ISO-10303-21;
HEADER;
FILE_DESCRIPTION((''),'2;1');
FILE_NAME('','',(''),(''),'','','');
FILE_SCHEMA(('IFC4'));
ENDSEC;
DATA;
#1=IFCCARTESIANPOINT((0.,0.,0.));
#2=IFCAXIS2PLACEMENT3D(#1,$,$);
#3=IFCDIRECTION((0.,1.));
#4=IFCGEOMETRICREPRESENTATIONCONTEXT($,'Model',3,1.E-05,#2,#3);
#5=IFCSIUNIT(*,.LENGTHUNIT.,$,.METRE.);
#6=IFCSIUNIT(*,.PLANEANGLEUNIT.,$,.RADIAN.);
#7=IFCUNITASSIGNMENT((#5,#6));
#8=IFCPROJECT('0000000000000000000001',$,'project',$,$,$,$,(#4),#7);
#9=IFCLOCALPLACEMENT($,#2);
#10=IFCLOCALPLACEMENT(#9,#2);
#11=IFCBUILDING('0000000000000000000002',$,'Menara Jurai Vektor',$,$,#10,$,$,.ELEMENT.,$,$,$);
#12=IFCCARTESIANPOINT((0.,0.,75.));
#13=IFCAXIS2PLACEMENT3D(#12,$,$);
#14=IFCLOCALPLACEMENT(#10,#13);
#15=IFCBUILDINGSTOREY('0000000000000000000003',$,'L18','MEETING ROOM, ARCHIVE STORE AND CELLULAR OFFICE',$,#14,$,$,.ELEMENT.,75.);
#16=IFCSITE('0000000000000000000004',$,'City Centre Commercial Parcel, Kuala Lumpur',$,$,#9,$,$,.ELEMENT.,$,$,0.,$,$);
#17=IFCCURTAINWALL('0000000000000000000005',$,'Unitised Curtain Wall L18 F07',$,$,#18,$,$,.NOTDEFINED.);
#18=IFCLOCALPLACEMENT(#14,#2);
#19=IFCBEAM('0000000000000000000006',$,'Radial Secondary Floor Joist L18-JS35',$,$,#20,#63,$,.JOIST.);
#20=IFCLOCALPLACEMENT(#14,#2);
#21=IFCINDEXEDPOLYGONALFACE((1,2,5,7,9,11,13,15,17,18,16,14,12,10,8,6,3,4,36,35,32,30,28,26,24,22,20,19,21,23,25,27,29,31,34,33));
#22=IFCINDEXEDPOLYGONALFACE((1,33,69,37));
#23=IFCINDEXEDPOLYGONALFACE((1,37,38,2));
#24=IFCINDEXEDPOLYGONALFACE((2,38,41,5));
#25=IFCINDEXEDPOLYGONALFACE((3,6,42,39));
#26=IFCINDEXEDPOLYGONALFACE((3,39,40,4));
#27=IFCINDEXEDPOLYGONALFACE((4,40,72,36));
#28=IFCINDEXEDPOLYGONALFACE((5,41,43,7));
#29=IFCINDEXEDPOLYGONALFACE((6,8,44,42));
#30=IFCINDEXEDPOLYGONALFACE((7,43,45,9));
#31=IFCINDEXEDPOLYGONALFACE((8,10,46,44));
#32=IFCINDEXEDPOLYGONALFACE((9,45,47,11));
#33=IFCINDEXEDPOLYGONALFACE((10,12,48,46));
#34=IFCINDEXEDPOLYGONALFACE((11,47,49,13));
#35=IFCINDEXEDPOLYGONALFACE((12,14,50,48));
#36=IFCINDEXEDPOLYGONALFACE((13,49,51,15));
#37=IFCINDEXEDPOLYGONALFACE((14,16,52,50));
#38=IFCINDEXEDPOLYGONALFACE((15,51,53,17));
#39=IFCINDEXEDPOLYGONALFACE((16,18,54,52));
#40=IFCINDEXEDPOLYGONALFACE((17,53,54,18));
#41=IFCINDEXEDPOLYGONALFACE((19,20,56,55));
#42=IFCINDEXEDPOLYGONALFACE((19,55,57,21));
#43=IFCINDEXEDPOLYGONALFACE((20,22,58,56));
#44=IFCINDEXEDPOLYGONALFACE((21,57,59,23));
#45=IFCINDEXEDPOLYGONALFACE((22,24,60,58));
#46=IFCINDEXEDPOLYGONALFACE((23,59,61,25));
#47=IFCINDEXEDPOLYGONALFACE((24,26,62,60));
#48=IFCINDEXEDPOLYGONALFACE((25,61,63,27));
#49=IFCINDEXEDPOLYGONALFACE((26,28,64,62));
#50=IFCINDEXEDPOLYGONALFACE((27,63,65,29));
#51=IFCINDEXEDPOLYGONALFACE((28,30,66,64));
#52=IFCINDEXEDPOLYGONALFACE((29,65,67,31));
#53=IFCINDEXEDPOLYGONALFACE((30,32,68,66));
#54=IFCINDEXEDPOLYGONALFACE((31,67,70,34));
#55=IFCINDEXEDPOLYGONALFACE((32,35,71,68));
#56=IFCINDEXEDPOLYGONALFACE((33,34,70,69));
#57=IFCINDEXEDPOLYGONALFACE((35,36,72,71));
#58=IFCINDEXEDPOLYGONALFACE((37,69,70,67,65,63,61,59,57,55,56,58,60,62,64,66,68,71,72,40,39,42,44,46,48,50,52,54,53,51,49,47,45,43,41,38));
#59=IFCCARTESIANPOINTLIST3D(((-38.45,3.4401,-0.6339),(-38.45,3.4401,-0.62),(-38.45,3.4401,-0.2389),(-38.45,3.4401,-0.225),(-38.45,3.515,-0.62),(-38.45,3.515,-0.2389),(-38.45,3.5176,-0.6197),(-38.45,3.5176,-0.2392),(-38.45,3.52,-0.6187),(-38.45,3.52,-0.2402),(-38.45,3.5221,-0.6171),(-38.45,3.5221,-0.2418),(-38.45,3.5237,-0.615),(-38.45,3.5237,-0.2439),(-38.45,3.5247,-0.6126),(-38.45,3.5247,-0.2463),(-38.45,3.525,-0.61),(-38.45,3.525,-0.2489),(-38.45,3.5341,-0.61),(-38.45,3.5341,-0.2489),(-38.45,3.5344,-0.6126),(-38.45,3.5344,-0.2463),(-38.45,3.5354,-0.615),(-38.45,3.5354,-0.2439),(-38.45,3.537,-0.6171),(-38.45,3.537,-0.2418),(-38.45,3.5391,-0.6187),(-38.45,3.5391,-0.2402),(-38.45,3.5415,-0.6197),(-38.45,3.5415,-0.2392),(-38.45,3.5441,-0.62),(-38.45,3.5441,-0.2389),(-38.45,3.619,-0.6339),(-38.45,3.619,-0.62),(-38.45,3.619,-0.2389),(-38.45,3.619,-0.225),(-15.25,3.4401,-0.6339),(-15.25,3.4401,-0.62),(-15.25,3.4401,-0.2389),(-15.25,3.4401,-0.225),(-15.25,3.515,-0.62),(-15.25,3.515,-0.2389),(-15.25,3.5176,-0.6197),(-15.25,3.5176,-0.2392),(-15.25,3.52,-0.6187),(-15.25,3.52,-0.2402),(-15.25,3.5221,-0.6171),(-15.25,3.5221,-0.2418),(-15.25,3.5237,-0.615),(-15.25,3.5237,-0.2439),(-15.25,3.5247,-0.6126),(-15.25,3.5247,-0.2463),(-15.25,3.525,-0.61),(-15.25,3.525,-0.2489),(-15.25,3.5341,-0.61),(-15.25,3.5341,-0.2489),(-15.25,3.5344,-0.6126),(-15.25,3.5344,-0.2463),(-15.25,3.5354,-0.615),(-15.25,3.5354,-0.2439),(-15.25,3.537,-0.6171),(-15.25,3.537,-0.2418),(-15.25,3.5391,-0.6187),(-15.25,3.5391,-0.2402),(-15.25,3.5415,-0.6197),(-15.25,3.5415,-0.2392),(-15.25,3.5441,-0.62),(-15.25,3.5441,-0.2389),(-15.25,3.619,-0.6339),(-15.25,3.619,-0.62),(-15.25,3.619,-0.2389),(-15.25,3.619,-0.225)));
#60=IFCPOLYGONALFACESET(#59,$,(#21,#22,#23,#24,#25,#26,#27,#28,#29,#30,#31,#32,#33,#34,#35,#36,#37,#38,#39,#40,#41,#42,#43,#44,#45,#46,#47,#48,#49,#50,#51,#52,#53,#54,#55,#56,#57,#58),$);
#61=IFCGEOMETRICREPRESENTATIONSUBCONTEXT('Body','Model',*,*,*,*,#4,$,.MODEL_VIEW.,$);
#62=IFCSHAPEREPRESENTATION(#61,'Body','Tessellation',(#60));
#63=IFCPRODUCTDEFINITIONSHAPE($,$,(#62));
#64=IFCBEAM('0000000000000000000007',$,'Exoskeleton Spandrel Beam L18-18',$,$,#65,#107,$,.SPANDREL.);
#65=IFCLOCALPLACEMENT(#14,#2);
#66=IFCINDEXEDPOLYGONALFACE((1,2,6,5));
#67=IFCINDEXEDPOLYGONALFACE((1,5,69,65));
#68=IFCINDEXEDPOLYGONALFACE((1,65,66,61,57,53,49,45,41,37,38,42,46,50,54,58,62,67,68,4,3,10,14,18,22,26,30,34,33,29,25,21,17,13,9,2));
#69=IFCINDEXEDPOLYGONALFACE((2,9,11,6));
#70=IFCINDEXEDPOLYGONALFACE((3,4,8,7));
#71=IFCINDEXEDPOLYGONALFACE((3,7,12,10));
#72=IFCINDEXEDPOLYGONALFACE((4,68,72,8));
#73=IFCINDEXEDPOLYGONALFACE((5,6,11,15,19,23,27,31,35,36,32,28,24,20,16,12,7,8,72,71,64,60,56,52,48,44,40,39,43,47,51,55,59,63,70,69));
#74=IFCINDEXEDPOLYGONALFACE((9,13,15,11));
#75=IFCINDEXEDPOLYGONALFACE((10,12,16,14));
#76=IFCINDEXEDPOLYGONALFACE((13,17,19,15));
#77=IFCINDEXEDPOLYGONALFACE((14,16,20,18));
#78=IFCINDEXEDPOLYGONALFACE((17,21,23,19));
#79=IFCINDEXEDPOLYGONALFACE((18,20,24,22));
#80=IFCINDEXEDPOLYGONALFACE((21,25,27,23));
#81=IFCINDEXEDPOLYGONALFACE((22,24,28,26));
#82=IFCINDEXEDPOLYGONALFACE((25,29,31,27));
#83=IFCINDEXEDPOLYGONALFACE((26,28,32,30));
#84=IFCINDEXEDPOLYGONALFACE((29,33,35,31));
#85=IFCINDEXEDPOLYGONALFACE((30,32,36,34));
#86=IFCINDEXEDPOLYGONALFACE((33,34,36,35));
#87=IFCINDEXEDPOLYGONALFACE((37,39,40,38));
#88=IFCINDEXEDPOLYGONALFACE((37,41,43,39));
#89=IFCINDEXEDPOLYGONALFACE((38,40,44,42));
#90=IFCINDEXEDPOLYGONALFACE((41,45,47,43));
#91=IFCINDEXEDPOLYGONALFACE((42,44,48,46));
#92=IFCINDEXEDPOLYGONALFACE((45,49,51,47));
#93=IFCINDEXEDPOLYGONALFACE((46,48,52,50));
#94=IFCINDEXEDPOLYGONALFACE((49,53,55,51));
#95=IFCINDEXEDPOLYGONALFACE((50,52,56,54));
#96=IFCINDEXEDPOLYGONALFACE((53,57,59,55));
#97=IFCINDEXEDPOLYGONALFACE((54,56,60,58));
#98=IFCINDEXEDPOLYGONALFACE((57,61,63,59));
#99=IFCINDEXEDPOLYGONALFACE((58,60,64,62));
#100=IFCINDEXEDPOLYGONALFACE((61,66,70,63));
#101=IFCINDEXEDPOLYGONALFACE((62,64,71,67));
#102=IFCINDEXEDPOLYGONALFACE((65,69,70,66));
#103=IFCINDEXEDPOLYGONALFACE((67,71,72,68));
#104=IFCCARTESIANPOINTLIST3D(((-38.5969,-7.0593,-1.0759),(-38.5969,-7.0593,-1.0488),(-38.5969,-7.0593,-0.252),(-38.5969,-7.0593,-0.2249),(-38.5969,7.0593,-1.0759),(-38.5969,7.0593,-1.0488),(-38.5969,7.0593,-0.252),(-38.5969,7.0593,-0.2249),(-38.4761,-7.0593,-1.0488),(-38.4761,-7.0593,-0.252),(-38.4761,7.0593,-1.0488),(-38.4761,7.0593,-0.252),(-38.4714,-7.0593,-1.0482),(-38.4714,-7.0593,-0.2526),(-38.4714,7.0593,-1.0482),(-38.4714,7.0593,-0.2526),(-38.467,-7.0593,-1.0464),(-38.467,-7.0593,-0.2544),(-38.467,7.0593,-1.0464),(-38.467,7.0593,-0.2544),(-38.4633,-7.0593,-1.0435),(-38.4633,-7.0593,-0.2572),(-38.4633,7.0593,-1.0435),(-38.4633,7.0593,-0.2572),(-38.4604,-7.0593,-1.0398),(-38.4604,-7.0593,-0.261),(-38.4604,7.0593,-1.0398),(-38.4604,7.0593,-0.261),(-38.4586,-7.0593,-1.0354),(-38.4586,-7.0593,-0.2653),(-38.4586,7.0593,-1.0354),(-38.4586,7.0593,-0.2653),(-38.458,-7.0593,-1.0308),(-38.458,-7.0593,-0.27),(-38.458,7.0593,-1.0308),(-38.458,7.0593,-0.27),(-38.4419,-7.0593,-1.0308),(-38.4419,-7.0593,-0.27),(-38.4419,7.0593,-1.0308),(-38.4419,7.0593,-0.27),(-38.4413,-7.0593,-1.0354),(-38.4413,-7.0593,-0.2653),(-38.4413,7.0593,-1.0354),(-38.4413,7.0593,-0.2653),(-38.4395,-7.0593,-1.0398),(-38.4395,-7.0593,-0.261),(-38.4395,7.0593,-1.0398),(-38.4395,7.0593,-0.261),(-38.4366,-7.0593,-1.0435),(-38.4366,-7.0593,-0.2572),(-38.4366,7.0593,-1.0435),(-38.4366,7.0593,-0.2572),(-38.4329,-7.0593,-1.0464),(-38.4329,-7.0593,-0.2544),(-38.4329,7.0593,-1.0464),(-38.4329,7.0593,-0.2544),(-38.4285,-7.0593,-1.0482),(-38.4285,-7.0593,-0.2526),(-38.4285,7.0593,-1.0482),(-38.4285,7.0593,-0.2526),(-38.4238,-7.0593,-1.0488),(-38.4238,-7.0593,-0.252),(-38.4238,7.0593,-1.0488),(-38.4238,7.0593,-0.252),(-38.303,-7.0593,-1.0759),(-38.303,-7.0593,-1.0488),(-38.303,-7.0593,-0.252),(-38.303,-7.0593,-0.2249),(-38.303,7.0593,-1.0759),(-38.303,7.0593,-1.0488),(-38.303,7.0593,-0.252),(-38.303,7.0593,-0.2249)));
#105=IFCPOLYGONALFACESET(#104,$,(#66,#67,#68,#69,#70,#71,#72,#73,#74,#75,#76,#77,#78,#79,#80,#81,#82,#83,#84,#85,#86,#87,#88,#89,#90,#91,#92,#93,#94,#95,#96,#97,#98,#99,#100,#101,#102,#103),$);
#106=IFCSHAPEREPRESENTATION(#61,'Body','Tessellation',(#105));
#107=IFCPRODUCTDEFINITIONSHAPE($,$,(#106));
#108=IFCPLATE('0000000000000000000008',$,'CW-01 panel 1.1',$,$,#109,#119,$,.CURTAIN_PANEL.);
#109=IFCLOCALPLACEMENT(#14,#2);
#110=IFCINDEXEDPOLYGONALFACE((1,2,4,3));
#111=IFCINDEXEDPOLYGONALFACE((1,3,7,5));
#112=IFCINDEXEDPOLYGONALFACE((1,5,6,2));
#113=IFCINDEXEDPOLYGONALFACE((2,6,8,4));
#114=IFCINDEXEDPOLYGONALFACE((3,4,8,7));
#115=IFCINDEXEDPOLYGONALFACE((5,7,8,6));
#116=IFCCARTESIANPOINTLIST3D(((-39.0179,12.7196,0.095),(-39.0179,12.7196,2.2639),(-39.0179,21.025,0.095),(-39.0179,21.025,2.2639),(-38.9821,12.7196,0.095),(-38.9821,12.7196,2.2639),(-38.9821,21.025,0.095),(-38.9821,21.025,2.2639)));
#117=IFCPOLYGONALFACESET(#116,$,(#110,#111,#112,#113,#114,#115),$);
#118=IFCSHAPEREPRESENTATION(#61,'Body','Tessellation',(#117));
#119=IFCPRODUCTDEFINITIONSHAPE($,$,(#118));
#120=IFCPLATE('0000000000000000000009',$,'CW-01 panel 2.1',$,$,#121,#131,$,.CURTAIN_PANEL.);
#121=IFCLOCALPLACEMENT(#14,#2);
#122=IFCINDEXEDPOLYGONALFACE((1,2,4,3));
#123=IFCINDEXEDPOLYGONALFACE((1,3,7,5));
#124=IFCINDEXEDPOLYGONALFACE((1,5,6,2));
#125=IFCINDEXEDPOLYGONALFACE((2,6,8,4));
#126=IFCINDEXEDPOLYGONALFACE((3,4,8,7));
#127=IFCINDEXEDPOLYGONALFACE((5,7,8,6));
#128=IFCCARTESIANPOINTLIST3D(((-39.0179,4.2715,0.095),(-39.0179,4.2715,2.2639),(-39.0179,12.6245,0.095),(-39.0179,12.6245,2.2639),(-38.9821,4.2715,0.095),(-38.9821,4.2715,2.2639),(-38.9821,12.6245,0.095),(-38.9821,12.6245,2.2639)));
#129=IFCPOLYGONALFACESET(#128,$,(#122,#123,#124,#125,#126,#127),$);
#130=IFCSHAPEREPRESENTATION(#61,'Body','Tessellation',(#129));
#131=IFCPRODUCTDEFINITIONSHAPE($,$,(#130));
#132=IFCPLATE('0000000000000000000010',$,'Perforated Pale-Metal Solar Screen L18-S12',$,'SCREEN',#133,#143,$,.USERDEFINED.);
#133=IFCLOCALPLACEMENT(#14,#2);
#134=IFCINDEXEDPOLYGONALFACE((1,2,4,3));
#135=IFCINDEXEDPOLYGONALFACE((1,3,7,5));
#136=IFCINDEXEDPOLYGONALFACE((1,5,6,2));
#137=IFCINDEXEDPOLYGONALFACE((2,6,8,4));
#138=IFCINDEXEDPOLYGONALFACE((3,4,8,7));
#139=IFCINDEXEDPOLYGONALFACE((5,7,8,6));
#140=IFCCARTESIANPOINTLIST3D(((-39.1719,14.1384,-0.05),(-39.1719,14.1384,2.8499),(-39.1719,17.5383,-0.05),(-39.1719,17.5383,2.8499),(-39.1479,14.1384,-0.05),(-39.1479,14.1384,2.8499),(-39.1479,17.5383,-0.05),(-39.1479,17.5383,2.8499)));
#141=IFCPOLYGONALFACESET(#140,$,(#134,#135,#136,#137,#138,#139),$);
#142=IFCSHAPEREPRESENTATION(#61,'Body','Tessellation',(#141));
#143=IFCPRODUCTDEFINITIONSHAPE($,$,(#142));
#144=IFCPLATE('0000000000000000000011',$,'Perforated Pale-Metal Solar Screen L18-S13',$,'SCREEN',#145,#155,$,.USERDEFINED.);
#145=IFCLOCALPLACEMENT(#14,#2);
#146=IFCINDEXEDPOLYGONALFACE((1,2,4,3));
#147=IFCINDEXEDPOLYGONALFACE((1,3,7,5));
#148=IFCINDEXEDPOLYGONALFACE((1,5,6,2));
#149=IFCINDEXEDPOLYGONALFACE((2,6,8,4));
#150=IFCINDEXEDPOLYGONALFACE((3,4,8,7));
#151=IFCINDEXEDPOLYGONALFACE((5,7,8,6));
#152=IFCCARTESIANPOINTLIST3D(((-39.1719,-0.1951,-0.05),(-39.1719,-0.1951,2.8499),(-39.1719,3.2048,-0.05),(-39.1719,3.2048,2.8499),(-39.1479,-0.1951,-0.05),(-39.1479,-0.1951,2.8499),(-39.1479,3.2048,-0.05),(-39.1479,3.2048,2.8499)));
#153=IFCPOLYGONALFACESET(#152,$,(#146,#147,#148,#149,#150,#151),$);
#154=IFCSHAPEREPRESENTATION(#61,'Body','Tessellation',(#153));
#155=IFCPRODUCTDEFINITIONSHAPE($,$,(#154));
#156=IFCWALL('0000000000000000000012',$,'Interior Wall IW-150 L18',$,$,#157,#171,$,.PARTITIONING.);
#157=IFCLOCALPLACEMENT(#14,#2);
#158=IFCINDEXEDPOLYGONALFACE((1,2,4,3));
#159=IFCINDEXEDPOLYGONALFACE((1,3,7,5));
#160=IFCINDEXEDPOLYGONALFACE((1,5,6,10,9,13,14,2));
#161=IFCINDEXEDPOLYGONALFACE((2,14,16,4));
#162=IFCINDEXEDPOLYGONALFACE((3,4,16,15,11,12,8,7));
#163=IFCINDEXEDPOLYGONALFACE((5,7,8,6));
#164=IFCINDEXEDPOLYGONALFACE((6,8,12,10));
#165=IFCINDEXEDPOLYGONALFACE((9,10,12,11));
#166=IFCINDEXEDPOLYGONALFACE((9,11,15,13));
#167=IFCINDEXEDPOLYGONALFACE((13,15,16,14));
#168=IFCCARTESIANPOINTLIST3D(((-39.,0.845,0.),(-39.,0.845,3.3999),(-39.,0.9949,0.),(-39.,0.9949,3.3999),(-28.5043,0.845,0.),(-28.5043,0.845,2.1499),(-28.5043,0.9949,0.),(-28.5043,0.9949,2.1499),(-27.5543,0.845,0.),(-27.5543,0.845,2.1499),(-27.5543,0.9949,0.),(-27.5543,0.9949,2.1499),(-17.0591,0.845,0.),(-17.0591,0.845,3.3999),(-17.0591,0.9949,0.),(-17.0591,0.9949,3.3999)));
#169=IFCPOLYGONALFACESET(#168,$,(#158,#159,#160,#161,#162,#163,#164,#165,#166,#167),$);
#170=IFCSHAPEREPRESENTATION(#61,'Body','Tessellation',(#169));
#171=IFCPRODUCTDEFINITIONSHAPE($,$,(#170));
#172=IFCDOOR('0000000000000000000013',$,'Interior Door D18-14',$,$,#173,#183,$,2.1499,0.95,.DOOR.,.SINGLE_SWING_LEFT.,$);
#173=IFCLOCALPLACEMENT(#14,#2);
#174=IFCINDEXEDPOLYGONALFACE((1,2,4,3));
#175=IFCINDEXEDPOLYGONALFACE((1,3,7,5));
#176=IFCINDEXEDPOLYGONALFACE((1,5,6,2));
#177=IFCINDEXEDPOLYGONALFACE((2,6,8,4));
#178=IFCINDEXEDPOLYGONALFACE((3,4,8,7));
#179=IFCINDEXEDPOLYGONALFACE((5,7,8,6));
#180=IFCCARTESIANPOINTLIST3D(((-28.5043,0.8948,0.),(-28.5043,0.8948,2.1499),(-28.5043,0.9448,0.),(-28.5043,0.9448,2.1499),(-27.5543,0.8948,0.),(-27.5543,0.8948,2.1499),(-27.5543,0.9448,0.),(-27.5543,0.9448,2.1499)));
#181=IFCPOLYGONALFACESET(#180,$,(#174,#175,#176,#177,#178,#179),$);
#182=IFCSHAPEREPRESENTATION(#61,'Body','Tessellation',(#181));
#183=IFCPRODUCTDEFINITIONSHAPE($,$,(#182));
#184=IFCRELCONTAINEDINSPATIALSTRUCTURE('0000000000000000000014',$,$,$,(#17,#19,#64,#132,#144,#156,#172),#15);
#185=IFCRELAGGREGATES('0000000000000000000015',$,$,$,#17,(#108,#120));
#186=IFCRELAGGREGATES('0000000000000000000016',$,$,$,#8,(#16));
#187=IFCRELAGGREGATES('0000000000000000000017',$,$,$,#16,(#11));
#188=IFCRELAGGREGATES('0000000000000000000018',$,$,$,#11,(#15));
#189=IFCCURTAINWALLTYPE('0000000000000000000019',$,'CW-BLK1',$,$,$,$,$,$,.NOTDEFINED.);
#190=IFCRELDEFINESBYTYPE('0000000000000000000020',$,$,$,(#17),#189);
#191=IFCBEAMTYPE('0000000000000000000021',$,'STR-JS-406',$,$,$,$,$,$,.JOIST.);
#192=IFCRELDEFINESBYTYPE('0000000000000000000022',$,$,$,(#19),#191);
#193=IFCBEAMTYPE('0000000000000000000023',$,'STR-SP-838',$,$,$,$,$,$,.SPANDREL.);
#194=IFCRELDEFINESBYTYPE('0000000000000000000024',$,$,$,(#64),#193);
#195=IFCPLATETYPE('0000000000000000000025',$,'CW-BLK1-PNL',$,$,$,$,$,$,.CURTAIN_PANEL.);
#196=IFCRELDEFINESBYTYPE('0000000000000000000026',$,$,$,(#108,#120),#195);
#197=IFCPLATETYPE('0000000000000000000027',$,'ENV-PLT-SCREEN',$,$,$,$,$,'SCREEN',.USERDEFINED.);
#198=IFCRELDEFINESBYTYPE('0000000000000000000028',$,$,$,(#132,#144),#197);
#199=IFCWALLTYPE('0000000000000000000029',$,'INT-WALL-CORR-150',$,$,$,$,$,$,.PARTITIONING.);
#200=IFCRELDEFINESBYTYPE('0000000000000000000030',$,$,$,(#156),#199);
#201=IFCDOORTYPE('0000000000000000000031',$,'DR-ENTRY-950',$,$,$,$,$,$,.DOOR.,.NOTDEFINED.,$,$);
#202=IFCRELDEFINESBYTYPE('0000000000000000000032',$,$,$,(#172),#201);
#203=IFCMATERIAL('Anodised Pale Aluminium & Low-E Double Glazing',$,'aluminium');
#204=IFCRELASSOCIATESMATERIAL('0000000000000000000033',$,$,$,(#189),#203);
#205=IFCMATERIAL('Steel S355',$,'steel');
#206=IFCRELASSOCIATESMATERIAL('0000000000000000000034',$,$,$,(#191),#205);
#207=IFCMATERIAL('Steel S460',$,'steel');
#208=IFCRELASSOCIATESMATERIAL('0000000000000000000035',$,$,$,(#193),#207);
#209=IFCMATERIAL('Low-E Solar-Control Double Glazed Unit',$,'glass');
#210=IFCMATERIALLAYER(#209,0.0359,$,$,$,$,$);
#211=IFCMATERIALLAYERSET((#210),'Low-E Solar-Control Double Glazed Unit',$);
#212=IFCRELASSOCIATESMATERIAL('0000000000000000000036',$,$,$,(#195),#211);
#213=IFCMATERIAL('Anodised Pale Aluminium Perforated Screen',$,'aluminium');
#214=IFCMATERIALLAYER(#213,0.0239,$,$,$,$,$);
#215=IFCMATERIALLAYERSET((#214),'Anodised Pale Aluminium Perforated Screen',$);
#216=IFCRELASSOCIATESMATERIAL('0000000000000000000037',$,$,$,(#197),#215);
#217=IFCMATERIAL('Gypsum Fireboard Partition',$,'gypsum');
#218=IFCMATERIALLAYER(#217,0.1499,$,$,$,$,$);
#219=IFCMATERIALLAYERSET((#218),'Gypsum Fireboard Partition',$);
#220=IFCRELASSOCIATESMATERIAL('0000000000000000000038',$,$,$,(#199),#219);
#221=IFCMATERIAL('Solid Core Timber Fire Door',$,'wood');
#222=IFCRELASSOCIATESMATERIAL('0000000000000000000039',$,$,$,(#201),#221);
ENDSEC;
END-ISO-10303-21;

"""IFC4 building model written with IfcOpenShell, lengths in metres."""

from ifc_helpers import new_model, si_unit, direction, frame, frame_2d, origin, origin_2d, place, context, subcontext, project, spatial, rectangle, i_section, extrude, material, layer, layer_set, material_profile, profile_set, type_object, element, fill, aggregate, save


model = new_model("IFC4")

# Units and contexts
model_context = context("Model", 3, precision=1e-05, world=origin(), true_north=direction((0.0, 1.0)))
body_context = subcontext(model_context, "Body", "Model", "MODEL_VIEW")
ifc_project = project(units=[si_unit("LENGTHUNIT", "METRE"), si_unit("PLANEANGLEUNIT", "RADIAN")], contexts=[model_context])

# Site, building, storey
site_placement = place(None, origin())
site = spatial("IfcSite", under=ifc_project, at=site_placement, Name="City Centre Commercial Parcel, Kuala Lumpur", CompositionType="ELEMENT", RefElevation=0.0)
building_placement = place(site_placement, origin())
building = spatial("IfcBuilding", under=site, at=building_placement, Name="Menara Jurai Vektor", CompositionType="ELEMENT")
storey_placement = place(building_placement, frame((0.0, 0.0, 75.0)))
storey = spatial("IfcBuildingStorey", under=building, at=storey_placement, Name="L18", Description="MEETING ROOM, ARCHIVE STORE AND CELLULAR OFFICE", CompositionType="ELEMENT", Elevation=75.0)

# Shared definitions
ifc_material_1 = material(Name="Steel S460", Category="steel")

# Curtain wall
ifc_material_2 = material(Name="Anodised Pale Aluminium & Low-E Double Glazing", Category="aluminium")
curtain_wall_type = type_object("IfcCurtainWallType", Name="CW-BLK1", PredefinedType="NOTDEFINED", material=ifc_material_2)
curtain_wall_placement = place(storey_placement, origin())
curtain_wall = element("IfcCurtainWall", 1, at=curtain_wall_placement, inside=storey, type_object=curtain_wall_type, Name="Unitised Curtain Wall L18 F07", PredefinedType="NOTDEFINED")

# Beams
ifc_material_3 = material(Name="Steel S355", Category="steel")
ifc_material_profile_1 = material_profile(ifc_material_3, i_section(OverallWidth=0.179, OverallDepth=0.4089, WebThickness=0.009, FlangeThickness=0.0139, FilletRadius=0.01, at=origin_2d()), Name="UKB 406x178x67")
ifc_profile_set_1 = profile_set([ifc_material_profile_1], Name="Steel S355")
beam_type_1 = type_object("IfcBeamType", Name="STR-JS-406", PredefinedType="JOIST", material=ifc_profile_set_1)
beam_1_placement = place(storey_placement, frame((-38.45, 3.5295, -0.4294), z_axis=(1.0, 0.0, 0.0), x_axis=(0.0, 1.0, 0.0)))
element("IfcBeam", 2, at=beam_1_placement, inside=storey, type_object=beam_type_1, Name="Radial Secondary Floor Joist L18-JS35", PredefinedType="JOIST", context=body_context, shape_type="SweptSolid", body=[
    extrude(i_section(OverallWidth=0.179, OverallDepth=0.4089, WebThickness=0.009, FlangeThickness=0.0139, FilletRadius=0.01, at=origin_2d()), origin(), (0.0, 0.0, 1.0), 23.2),
])
ifc_material_profile_2 = material_profile(ifc_material_1, i_section(OverallWidth=0.2939, OverallDepth=0.8511, WebThickness=0.0161, FlangeThickness=0.0271, FilletRadius=0.0181, at=origin_2d()), Name="UKB 838x292x226")
ifc_profile_set_2 = profile_set([ifc_material_profile_2], Name="Steel S460")
beam_type_2 = type_object("IfcBeamType", Name="STR-SP-838", PredefinedType="SPANDREL", material=ifc_profile_set_2)
beam_2_placement = place(storey_placement, frame((-38.45, 7.0593, -0.6504), z_axis=(0.0, -1.0, 0.0), x_axis=(1.0, 0.0, 0.0)))
element("IfcBeam", 3, at=beam_2_placement, inside=storey, type_object=beam_type_2, Name="Exoskeleton Spandrel Beam L18-18", PredefinedType="SPANDREL", context=body_context, shape_type="SweptSolid", body=[
    extrude(i_section(OverallWidth=0.2939, OverallDepth=0.8511, WebThickness=0.0161, FlangeThickness=0.0271, FilletRadius=0.0181, at=origin_2d()), origin(), (0.0, 0.0, 1.0), 14.1187),
])

# Plates
ifc_material_4 = material(Name="Low-E Solar-Control Double Glazed Unit", Category="glass")
ifc_layer_1 = layer(ifc_material_4, 0.0359)
ifc_layer_set_1 = layer_set([ifc_layer_1], Name="Low-E Solar-Control Double Glazed Unit")
plate_type_1 = type_object("IfcPlateType", Name="CW-BLK1-PNL", PredefinedType="CURTAIN_PANEL", material=ifc_layer_set_1)
plate_1_placement = place(storey_placement, frame((-39.0, 16.8723, 0.095), z_axis=(0.0, 0.0, 1.0), x_axis=(0.0, -1.0, 0.0)))
plate_1 = element("IfcPlate", 4, at=plate_1_placement, type_object=plate_type_1, Name="CW-01 panel 1.1", PredefinedType="CURTAIN_PANEL", context=body_context, shape_type="SweptSolid", body=[
    extrude(rectangle(XDim=8.3054, YDim=0.0359, at=origin_2d()), origin(), (0.0, 0.0, 1.0), 2.1689),
])
plate_2_placement = place(storey_placement, frame((-39.0, 8.448, 0.095), z_axis=(0.0, 0.0, 1.0), x_axis=(0.0, -1.0, 0.0)))
plate_2 = element("IfcPlate", 5, at=plate_2_placement, type_object=plate_type_1, Name="CW-01 panel 2.1", PredefinedType="CURTAIN_PANEL", context=body_context, shape_type="SweptSolid", body=[
    extrude(rectangle(XDim=8.353, YDim=0.0359, at=origin_2d()), origin(), (0.0, 0.0, 1.0), 2.1689),
])
aggregate(curtain_wall, [plate_1, plate_2])

# Plates
ifc_material_5 = material(Name="Anodised Pale Aluminium Perforated Screen", Category="aluminium")
ifc_layer_2 = layer(ifc_material_5, 0.0239)
ifc_layer_set_2 = layer_set([ifc_layer_2], Name="Anodised Pale Aluminium Perforated Screen")
plate_type_2 = type_object("IfcPlateType", Name="ENV-PLT-SCREEN", ElementType="SCREEN", PredefinedType="USERDEFINED", material=ifc_layer_set_2)
for number, where, z_axis, x_axis, name in (
    (6, (-39.1599, 15.8384, -0.05), (0.0, 0.0, 1.0), (0.0, -1.0, 0.0), "Perforated Pale-Metal Solar Screen L18-S12"),
    (7, (-39.1599, 1.5049, -0.05), (0.0, 0.0, 1.0), (0.0, -1.0, 0.0), "Perforated Pale-Metal Solar Screen L18-S13"),
):
    element("IfcPlate", number, at=place(storey_placement, frame(where, z_axis=z_axis, x_axis=x_axis)), inside=storey, type_object=plate_type_2, Name=name, ObjectType="SCREEN", PredefinedType="USERDEFINED", context=body_context, shape_type="SweptSolid", body=[
        extrude(rectangle(XDim=3.3999, YDim=0.0239, at=origin_2d()), origin(), (0.0, 0.0, 1.0), 2.8999),
    ])

# Wall, opening, door
ifc_material_6 = material(Name="Gypsum Fireboard Partition", Category="gypsum")
ifc_layer_3 = layer(ifc_material_6, 0.1499)
ifc_layer_set_3 = layer_set([ifc_layer_3], Name="Gypsum Fireboard Partition")
wall_type_1 = type_object("IfcWallType", Name="INT-WALL-CORR-150", PredefinedType="PARTITIONING", material=ifc_layer_set_3)
wall_1_placement = place(storey_placement, frame((-39.0, 0.9199, 0.0), z_axis=(0.0, 0.0, 1.0), x_axis=(1.0, 0.0, 0.0)))
wall_1 = element("IfcWall", 8, at=wall_1_placement, inside=storey, type_object=wall_type_1, Name="Interior Wall IW-150 L18", PredefinedType="PARTITIONING", context=body_context, shape_type="SweptSolid", body=[
    extrude(rectangle(XDim=21.9409, YDim=0.1499, at=frame_2d((10.9705, 0.0))), origin(), (0.0, 0.0, 1.0), 3.3999),
])
opening_1_placement = place(wall_1_placement, frame((10.4956, 0.0, 0.0)))
opening_1 = element("IfcOpeningElement", 9, at=opening_1_placement, cuts=wall_1, PredefinedType="OPENING", context=body_context, shape_type="SweptSolid", body=[
    extrude(rectangle(XDim=0.95, YDim=2.1499, at=frame_2d((0.4751, 1.075))), frame((0.0, 0.085, 0.0), z_axis=(0.0, -1.0, 0.0), x_axis=(1.0, 0.0, 0.0)), (0.0, 0.0, 1.0), 0.1699),
])
ifc_material_7 = material(Name="Solid Core Timber Fire Door", Category="wood")
door_type = type_object("IfcDoorType", Name="DR-ENTRY-950", OperationType="NOTDEFINED", PredefinedType="DOOR", material=ifc_material_7)
door_1_placement = place(opening_1_placement, origin())
door_1 = element("IfcDoor", 10, at=door_1_placement, inside=storey, type_object=door_type, Name="Interior Door D18-14", OperationType="SINGLE_SWING_LEFT", OverallHeight=2.1499, OverallWidth=0.95, PredefinedType="DOOR", context=body_context, shape_type="SweptSolid", body=[
    extrude(rectangle(XDim=0.95, YDim=2.1499, at=frame_2d((0.4751, 1.075))), frame((0.0, 0.0249, 0.0), z_axis=(0.0, -1.0, 0.0), x_axis=(1.0, 0.0, 0.0)), (0.0, 0.0, 1.0), 0.05),
])
fill(opening_1, door_1)

save(model, "model.ifc")
